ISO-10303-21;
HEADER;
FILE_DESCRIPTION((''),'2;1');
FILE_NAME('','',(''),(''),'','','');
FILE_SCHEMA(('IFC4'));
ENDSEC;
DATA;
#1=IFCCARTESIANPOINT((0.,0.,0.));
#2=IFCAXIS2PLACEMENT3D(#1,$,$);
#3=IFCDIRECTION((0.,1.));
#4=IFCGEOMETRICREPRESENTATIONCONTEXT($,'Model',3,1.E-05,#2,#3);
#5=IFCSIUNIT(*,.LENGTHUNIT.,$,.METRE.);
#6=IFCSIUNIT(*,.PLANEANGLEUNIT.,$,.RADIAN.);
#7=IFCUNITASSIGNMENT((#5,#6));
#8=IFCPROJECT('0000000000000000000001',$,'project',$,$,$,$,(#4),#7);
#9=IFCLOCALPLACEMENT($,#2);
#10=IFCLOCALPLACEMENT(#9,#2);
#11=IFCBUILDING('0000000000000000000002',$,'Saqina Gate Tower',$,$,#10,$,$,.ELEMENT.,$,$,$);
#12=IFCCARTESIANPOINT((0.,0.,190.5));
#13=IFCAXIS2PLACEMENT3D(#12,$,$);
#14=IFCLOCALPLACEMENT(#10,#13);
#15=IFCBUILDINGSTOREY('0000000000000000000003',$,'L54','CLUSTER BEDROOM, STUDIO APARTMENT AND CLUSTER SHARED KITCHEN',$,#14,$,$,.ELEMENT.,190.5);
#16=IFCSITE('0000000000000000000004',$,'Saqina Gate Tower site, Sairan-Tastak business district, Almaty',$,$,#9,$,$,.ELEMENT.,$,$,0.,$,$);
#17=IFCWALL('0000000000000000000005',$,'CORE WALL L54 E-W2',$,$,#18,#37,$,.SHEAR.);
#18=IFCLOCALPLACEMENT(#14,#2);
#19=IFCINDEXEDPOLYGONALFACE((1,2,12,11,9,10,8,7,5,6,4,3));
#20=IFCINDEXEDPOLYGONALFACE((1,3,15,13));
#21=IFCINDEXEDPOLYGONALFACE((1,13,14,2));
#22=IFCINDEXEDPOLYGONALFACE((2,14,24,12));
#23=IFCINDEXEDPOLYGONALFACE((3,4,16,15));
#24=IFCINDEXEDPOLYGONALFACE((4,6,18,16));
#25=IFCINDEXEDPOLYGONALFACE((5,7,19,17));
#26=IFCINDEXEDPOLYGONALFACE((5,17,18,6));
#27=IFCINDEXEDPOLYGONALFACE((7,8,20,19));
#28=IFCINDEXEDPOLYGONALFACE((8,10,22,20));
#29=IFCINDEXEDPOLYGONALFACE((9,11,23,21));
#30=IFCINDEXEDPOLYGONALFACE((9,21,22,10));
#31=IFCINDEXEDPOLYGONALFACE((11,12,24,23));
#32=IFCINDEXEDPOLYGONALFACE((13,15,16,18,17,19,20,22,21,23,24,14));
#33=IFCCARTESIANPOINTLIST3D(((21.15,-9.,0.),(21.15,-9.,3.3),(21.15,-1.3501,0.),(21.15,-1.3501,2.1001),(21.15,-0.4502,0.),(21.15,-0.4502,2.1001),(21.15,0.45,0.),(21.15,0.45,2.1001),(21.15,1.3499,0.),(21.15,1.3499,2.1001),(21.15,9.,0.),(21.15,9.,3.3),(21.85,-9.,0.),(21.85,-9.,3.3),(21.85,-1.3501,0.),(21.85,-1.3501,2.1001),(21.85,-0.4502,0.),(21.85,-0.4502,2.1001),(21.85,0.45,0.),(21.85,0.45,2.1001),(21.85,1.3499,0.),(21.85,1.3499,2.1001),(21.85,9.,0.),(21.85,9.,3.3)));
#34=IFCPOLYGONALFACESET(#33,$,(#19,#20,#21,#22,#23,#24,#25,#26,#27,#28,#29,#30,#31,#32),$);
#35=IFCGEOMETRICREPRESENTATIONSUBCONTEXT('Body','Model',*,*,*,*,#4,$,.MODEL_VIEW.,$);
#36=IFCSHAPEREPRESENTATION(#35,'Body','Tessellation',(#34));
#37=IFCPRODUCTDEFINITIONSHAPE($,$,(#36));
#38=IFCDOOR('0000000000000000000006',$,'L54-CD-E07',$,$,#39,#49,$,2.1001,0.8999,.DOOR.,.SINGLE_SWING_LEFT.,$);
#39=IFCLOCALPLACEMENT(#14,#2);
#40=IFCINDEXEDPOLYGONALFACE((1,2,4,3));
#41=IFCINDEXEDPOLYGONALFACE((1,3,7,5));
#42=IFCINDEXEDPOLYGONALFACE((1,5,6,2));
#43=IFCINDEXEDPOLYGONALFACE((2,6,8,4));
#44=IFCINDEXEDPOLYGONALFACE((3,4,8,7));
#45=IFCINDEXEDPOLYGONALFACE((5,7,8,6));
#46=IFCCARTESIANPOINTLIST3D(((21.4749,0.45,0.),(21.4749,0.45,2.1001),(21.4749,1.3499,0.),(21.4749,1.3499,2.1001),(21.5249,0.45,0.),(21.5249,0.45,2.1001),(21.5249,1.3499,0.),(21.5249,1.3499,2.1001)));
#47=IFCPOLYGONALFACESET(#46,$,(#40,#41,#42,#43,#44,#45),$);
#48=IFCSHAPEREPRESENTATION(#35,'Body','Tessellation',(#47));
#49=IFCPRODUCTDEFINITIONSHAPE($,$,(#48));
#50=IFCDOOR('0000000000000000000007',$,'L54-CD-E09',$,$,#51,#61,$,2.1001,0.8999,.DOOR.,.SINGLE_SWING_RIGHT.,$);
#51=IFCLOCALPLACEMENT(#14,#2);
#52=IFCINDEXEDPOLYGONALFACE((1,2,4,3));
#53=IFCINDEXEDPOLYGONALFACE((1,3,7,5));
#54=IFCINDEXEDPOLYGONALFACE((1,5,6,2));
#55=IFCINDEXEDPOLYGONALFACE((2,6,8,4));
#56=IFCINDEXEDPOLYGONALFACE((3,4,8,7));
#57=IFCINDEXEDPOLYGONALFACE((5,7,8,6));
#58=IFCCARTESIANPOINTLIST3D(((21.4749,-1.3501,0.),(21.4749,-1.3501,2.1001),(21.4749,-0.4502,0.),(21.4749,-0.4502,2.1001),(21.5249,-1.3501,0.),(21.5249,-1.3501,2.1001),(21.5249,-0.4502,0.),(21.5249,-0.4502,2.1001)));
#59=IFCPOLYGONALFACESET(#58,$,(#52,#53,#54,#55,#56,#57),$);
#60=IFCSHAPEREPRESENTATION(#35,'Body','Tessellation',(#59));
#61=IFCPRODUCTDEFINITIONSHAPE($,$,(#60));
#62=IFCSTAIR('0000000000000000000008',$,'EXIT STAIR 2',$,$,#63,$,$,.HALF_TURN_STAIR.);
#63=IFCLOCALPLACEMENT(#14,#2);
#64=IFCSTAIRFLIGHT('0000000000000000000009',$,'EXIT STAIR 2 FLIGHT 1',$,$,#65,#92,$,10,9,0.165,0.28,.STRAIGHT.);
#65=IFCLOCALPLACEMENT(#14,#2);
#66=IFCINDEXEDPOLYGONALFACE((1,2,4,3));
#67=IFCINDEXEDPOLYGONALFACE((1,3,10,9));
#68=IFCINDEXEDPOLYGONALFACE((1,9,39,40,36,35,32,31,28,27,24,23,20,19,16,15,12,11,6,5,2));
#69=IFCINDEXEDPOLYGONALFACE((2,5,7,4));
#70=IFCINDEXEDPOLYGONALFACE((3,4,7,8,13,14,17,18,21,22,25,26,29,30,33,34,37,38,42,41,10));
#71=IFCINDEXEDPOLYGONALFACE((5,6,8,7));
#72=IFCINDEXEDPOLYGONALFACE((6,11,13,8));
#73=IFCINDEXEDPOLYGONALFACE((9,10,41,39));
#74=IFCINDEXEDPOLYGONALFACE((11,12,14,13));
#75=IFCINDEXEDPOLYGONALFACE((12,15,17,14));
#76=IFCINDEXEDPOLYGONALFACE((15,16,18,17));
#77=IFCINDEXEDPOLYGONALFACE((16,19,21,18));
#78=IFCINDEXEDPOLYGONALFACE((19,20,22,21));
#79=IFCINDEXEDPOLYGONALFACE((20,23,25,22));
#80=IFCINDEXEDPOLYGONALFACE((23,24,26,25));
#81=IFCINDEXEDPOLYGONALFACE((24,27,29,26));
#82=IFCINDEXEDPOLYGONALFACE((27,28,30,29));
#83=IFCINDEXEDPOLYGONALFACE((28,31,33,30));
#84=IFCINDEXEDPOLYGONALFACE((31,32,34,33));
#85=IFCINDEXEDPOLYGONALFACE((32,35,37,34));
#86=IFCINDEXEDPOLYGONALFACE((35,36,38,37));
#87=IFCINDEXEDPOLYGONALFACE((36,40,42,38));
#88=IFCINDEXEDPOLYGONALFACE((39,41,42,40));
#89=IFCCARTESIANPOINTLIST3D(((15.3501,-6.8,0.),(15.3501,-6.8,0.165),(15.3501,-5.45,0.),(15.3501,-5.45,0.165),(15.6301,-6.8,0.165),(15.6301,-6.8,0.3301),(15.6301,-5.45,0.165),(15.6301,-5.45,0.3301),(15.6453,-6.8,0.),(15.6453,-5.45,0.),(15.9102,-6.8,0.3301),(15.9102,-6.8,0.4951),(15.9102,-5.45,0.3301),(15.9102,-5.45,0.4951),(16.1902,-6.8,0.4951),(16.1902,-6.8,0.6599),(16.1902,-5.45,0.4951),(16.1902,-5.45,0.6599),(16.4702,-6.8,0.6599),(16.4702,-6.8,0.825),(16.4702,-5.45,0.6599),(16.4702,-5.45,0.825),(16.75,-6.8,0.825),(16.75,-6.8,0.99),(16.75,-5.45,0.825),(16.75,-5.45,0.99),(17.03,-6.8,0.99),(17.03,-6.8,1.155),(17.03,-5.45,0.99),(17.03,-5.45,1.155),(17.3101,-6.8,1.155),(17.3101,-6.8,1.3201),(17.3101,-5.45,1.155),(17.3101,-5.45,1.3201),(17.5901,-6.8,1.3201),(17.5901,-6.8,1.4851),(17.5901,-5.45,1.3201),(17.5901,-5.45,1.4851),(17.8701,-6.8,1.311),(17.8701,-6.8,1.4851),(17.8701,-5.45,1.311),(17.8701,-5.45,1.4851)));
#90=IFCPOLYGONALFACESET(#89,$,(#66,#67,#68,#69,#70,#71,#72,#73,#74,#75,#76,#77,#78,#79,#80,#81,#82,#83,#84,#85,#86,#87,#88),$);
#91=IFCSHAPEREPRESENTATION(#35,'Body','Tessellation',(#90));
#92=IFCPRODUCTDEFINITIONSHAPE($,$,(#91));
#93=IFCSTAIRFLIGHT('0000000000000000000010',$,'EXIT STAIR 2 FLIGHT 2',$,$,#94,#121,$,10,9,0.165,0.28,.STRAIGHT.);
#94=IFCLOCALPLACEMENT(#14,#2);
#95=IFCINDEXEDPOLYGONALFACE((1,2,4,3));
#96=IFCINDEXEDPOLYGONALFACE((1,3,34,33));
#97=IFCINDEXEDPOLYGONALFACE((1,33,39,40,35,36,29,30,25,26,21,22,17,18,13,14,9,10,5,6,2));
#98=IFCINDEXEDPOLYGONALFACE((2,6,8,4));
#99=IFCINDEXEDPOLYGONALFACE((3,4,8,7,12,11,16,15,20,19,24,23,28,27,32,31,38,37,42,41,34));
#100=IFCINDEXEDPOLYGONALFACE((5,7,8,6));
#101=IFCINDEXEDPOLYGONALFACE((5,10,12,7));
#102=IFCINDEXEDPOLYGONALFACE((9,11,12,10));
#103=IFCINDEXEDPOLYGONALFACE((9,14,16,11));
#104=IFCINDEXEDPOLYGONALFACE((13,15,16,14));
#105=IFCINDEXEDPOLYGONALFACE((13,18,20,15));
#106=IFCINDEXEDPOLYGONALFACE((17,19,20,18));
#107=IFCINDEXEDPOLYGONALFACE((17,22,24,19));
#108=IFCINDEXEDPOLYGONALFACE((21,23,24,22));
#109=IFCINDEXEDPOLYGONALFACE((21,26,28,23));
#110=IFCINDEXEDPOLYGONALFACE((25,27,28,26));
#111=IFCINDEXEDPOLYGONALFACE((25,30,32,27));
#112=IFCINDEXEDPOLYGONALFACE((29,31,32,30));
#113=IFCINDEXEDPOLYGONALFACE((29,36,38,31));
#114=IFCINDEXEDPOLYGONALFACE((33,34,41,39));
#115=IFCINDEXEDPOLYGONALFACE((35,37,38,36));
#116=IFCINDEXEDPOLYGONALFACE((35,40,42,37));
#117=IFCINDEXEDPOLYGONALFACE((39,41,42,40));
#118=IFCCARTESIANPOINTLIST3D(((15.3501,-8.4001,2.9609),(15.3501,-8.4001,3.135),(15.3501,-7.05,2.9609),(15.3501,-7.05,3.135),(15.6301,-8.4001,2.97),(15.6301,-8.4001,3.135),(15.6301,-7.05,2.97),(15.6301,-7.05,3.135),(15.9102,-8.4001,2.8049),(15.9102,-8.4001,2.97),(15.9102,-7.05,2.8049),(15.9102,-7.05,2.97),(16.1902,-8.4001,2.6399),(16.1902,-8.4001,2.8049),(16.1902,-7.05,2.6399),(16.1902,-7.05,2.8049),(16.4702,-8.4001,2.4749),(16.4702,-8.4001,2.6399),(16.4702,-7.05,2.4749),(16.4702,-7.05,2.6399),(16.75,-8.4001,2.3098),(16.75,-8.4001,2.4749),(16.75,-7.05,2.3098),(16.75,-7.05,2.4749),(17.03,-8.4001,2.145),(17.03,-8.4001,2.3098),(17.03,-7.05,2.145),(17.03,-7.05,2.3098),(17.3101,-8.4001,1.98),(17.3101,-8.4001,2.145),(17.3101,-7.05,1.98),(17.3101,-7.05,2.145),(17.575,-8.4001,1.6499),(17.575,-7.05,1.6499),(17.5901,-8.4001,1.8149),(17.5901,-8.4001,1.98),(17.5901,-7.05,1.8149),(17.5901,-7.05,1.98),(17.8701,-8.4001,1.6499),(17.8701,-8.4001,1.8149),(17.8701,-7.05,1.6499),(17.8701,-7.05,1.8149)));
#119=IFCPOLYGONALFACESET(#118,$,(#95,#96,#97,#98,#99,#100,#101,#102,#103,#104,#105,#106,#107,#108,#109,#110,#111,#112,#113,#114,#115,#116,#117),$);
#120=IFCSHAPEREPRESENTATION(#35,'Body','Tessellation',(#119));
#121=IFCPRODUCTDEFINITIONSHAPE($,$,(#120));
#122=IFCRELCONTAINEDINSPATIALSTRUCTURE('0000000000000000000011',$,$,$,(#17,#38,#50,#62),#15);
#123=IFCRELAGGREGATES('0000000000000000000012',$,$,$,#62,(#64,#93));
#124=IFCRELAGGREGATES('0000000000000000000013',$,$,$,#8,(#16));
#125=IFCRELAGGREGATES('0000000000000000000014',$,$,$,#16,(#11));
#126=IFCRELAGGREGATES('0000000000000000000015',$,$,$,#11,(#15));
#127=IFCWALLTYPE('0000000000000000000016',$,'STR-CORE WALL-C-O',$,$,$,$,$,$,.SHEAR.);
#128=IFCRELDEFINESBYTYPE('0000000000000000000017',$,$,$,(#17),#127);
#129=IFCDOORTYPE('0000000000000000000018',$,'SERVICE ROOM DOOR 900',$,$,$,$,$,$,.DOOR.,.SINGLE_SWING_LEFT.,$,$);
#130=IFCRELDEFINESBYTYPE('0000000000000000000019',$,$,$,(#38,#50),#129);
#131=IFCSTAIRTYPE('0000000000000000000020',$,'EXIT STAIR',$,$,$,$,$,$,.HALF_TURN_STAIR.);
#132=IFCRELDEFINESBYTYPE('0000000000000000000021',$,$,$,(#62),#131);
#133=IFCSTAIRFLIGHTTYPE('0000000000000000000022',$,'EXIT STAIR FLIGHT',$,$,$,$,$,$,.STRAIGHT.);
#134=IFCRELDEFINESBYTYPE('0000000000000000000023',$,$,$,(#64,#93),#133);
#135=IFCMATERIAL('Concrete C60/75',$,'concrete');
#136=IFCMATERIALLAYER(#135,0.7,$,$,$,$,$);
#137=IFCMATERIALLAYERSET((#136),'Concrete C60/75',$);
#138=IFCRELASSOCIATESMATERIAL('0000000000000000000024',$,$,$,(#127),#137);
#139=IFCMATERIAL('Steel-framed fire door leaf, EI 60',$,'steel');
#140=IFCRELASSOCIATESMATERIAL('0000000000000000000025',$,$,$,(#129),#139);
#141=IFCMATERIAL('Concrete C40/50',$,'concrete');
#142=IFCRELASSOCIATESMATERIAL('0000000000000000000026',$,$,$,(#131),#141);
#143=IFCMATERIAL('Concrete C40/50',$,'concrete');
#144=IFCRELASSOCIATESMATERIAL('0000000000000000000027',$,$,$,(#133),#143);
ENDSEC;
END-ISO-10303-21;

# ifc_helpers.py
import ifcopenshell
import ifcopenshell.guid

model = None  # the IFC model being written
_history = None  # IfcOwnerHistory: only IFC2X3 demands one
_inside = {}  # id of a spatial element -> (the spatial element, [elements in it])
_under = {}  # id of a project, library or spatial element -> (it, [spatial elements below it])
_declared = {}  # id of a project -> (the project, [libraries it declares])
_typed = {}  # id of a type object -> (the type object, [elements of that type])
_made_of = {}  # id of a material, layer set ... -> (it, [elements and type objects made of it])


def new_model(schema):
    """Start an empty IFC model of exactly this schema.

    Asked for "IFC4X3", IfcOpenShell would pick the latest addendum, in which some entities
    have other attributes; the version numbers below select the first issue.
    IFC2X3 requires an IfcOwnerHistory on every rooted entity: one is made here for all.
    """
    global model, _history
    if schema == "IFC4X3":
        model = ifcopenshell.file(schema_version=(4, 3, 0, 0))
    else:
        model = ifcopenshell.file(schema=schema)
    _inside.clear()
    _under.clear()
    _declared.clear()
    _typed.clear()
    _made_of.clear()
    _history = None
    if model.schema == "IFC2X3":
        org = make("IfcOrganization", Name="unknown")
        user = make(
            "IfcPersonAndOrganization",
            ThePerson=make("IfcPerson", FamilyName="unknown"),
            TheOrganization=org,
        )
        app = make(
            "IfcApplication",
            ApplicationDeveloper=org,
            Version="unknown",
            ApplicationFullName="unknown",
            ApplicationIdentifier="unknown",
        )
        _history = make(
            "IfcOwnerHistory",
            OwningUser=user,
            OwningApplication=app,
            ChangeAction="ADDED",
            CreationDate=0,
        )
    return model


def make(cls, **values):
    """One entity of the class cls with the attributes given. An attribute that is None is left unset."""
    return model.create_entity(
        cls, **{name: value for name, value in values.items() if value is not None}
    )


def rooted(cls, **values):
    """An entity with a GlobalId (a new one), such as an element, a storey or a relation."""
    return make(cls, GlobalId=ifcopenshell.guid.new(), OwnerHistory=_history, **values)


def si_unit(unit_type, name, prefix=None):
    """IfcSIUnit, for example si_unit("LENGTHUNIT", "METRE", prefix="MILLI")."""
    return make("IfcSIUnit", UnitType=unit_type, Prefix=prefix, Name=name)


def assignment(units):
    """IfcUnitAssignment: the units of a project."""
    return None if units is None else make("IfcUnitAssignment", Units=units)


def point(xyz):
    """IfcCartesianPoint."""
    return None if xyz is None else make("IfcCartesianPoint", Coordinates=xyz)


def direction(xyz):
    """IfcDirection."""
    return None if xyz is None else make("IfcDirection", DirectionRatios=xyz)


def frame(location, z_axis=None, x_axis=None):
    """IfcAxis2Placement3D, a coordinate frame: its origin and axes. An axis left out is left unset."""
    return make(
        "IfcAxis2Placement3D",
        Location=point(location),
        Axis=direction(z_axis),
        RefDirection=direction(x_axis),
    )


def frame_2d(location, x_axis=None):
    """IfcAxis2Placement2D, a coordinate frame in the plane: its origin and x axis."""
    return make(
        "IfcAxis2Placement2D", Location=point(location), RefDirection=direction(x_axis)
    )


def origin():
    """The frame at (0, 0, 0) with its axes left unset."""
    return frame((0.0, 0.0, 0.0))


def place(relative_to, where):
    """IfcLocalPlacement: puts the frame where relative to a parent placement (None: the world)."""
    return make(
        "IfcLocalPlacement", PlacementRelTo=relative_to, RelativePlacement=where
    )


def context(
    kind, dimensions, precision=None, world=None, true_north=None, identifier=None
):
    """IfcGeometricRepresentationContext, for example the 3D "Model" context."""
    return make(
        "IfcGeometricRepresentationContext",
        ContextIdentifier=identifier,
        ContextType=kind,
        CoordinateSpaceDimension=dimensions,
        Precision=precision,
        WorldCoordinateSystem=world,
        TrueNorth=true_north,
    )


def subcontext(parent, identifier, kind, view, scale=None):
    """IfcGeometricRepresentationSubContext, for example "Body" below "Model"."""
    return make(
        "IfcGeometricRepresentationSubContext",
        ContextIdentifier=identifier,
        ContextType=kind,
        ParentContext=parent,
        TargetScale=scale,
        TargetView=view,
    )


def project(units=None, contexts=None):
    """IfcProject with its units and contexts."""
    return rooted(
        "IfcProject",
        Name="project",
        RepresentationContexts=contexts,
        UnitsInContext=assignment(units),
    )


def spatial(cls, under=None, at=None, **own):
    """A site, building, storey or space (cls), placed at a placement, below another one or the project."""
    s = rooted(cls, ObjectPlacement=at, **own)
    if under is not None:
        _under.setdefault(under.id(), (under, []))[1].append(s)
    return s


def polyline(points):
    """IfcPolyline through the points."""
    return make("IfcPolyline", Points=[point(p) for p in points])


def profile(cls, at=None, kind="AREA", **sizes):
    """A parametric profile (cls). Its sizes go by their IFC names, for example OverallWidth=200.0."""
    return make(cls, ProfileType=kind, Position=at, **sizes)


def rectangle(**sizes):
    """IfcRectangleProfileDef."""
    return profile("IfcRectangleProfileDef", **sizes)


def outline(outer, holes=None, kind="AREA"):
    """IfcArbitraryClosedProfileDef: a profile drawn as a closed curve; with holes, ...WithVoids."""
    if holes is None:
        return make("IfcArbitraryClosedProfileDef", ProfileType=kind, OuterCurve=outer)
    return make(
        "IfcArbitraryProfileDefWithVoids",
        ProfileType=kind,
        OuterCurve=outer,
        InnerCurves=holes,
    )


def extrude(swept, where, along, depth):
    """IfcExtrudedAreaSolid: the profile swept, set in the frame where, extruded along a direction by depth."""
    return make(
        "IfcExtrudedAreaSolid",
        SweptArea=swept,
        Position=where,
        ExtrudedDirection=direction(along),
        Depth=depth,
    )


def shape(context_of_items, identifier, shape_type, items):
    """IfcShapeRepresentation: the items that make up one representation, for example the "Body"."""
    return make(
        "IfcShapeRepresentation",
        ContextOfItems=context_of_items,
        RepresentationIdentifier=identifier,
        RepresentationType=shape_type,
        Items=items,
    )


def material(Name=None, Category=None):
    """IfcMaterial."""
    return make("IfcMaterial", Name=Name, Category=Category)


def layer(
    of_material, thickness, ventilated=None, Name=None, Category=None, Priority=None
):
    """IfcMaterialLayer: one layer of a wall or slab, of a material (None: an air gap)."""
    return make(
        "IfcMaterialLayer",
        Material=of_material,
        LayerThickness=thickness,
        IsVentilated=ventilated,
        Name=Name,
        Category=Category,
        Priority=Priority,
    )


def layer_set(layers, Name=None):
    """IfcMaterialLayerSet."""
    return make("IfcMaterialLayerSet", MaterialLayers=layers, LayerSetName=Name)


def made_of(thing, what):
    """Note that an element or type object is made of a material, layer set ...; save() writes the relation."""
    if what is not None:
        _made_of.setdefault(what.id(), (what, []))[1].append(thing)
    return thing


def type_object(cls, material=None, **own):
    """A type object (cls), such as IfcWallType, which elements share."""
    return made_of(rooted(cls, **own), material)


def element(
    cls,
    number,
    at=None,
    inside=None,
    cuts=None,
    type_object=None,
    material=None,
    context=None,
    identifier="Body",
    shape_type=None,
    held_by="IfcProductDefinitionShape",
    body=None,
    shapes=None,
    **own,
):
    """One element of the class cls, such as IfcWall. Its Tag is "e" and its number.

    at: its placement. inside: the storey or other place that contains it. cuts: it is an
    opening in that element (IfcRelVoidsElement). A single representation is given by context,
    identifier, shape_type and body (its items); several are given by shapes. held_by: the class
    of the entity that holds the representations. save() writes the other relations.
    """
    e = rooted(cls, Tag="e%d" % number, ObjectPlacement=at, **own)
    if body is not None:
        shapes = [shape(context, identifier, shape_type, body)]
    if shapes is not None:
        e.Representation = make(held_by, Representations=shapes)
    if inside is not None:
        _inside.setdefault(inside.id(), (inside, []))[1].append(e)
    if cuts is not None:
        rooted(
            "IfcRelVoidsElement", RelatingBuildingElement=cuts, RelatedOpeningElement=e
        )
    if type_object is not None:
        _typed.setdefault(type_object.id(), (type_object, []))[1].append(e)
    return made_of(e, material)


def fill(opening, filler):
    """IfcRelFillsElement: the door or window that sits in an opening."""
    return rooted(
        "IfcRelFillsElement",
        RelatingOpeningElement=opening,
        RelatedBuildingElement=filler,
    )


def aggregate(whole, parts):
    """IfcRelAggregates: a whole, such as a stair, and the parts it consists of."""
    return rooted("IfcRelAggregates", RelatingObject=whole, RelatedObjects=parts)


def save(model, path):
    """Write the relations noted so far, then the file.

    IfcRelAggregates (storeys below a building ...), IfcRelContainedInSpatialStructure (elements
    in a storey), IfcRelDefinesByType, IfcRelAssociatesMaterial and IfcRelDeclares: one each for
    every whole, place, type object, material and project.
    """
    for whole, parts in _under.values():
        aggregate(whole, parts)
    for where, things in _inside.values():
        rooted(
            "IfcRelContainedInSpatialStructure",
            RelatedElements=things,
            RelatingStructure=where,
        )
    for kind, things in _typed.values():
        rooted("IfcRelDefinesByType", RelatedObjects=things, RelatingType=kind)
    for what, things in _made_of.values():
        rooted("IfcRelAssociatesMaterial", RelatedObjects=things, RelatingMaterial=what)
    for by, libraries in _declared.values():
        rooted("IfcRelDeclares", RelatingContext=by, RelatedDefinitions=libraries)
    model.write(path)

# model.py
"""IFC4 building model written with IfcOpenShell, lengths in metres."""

from ifc_helpers import new_model, si_unit, direction, frame, frame_2d, origin, place, context, subcontext, project, spatial, polyline, rectangle, outline, extrude, material, layer, layer_set, type_object, element, fill, aggregate, save


model = new_model("IFC4")

# Units and contexts
model_context = context("Model", 3, precision=1e-05, world=origin(), true_north=direction((0.0, 1.0)))
body_context = subcontext(model_context, "Body", "Model", "MODEL_VIEW")
ifc_project = project(units=[si_unit("LENGTHUNIT", "METRE"), si_unit("PLANEANGLEUNIT", "RADIAN")], contexts=[model_context])

# Site, building, storey
site_placement = place(None, origin())
site = spatial("IfcSite", under=ifc_project, at=site_placement, Name="Saqina Gate Tower site, Sairan-Tastak business district, Almaty", CompositionType="ELEMENT", RefElevation=0.0)
building_placement = place(site_placement, origin())
building = spatial("IfcBuilding", under=site, at=building_placement, Name="Saqina Gate Tower", CompositionType="ELEMENT")
storey_placement = place(building_placement, frame((0.0, 0.0, 190.5)))
storey = spatial("IfcBuildingStorey", under=building, at=storey_placement, Name="L54", Description="CLUSTER BEDROOM, STUDIO APARTMENT AND CLUSTER SHARED KITCHEN", CompositionType="ELEMENT", Elevation=190.5)

# Wall, openings, doors
ifc_material_1 = material(Name="Concrete C60/75", Category="concrete")
ifc_layer_1 = layer(ifc_material_1, 0.7)
ifc_layer_set_1 = layer_set([ifc_layer_1], Name="Concrete C60/75")
wall_type_1 = type_object("IfcWallType", Name="STR-CORE WALL-C-O", PredefinedType="SHEAR", material=ifc_layer_set_1)
wall_1_placement = place(storey_placement, frame((21.5, -9.0, 0.0), z_axis=(0.0, 0.0, 1.0), x_axis=(0.0, 1.0, 0.0)))
wall_1 = element("IfcWall", 1, at=wall_1_placement, inside=storey, type_object=wall_type_1, Name="CORE WALL L54 E-W2", PredefinedType="SHEAR", context=body_context, shape_type="SweptSolid", body=[
    extrude(rectangle(XDim=18.0, YDim=0.7, at=frame_2d((9.0, 0.0))), origin(), (0.0, 0.0, 1.0), 3.3),
])
opening_1_placement = place(wall_1_placement, frame((9.45, 0.0, 0.0)))
opening_1 = element("IfcOpeningElement", 2, at=opening_1_placement, cuts=wall_1, PredefinedType="OPENING", context=body_context, shape_type="SweptSolid", body=[
    extrude(rectangle(XDim=0.8999, YDim=2.1001, at=frame_2d((0.45, 1.05))), frame((0.0, 0.3621, 0.0), z_axis=(0.0, -1.0, 0.0), x_axis=(1.0, 0.0, 0.0)), (0.0, 0.0, 1.0), 0.7239),
])
opening_2_placement = place(wall_1_placement, frame((7.6499, 0.0, 0.0)))
opening_2 = element("IfcOpeningElement", 3, at=opening_2_placement, cuts=wall_1, PredefinedType="OPENING", context=body_context, shape_type="SweptSolid", body=[
    extrude(rectangle(XDim=0.8999, YDim=2.1001, at=frame_2d((0.45, 1.05))), frame((0.0, 0.3621, 0.0), z_axis=(0.0, -1.0, 0.0), x_axis=(1.0, 0.0, 0.0)), (0.0, 0.0, 1.0), 0.7239),
])
ifc_material_2 = material(Name="Steel-framed fire door leaf, EI 60", Category="steel")
door_type_1 = type_object("IfcDoorType", Name="SERVICE ROOM DOOR 900", OperationType="SINGLE_SWING_LEFT", PredefinedType="DOOR", material=ifc_material_2)
door_1_placement = place(opening_1_placement, frame((0.8999, 0.0, 0.0), z_axis=(0.0, 0.0, 1.0), x_axis=(-1.0, 0.0, 0.0)))
door_1 = element("IfcDoor", 4, at=door_1_placement, inside=storey, type_object=door_type_1, Name="L54-CD-E07", OperationType="SINGLE_SWING_LEFT", OverallHeight=2.1001, OverallWidth=0.8999, PredefinedType="DOOR", context=body_context, shape_type="SweptSolid", body=[
    extrude(rectangle(XDim=0.8999, YDim=2.1001, at=frame_2d((0.45, 1.05))), frame((0.0, 0.0249, 0.0), z_axis=(0.0, -1.0, 0.0), x_axis=(1.0, 0.0, 0.0)), (0.0, 0.0, 1.0), 0.05),
])
fill(opening_1, door_1)
door_2_placement = place(opening_2_placement, frame((0.8999, 0.0, 0.0), z_axis=(0.0, 0.0, 1.0), x_axis=(-1.0, 0.0, 0.0)))
door_2 = element("IfcDoor", 5, at=door_2_placement, inside=storey, type_object=door_type_1, Name="L54-CD-E09", OperationType="SINGLE_SWING_RIGHT", OverallHeight=2.1001, OverallWidth=0.8999, PredefinedType="DOOR", context=body_context, shape_type="SweptSolid", body=[
    extrude(rectangle(XDim=0.8999, YDim=2.1001, at=frame_2d((0.45, 1.05))), frame((0.0, 0.0249, 0.0), z_axis=(0.0, -1.0, 0.0), x_axis=(1.0, 0.0, 0.0)), (0.0, 0.0, 1.0), 0.05),
])
fill(opening_2, door_2)

# Stair, stair flights
ifc_material_3 = material(Name="Concrete C40/50", Category="concrete")
stair_type = type_object("IfcStairType", Name="EXIT STAIR", PredefinedType="HALF_TURN_STAIR", material=ifc_material_3)
stair_placement = place(storey_placement, origin())
stair = element("IfcStair", 6, at=stair_placement, inside=storey, type_object=stair_type, Name="EXIT STAIR 2", PredefinedType="HALF_TURN_STAIR")
ifc_material_4 = material(Name="Concrete C40/50", Category="concrete")
stair_flight_type = type_object("IfcStairFlightType", Name="EXIT STAIR FLIGHT", PredefinedType="STRAIGHT", material=ifc_material_4)
stair_flight_1_placement = place(storey_placement, frame((15.3501, -6.125, 0.0), z_axis=(0.0, 0.0, 1.0), x_axis=(1.0, 0.0, 0.0)))
stair_flight_1 = element("IfcStairFlight", 7, at=stair_flight_1_placement, type_object=stair_flight_type, Name="EXIT STAIR 2 FLIGHT 1", NumberOfRisers=10, NumberOfTreads=9, PredefinedType="STRAIGHT", RiserHeight=0.165, TreadLength=0.28, context=body_context, shape_type="SweptSolid", body=[
    extrude(outline(polyline([(0.0, 0.0), (0.0, 0.165), (0.28, 0.165), (0.28, 0.3301), (0.5601, 0.3301), (0.5601, 0.4951), (0.8401, 0.4951), (0.8401, 0.6599), (1.1201, 0.6599), (1.1201, 0.825), (1.3999, 0.825), (1.3999, 0.99), (1.6799, 0.99), (1.6799, 1.155), (1.96, 1.155), (1.96, 1.3201), (2.24, 1.3201), (2.24, 1.4851), (2.52, 1.4851), (2.52, 1.6499), (2.52, 1.311), (0.2952, 0.0), (0.0, 0.0)])), frame((0.0, 0.675, 0.0), z_axis=(0.0, -1.0, 0.0), x_axis=(1.0, 0.0, 0.0)), (0.0, 0.0, 1.0), 1.3501),
])
stair_flight_2_placement = place(storey_placement, frame((17.8701, -7.7251, 1.6499), z_axis=(0.0, 0.0, 1.0), x_axis=(-1.0, 0.0, 0.0)))
stair_flight_2 = element("IfcStairFlight", 8, at=stair_flight_2_placement, type_object=stair_flight_type, Name="EXIT STAIR 2 FLIGHT 2", NumberOfRisers=10, NumberOfTreads=9, PredefinedType="STRAIGHT", RiserHeight=0.165, TreadLength=0.28, context=body_context, shape_type="SweptSolid", body=[
    extrude(outline(polyline([(0.0, 0.0), (0.0, 0.165), (0.28, 0.165), (0.28, 0.3301), (0.5601, 0.3301), (0.5601, 0.4951), (0.8401, 0.4951), (0.8401, 0.6599), (1.1201, 0.6599), (1.1201, 0.825), (1.3999, 0.825), (1.3999, 0.99), (1.6799, 0.99), (1.6799, 1.155), (1.96, 1.155), (1.96, 1.3201), (2.24, 1.3201), (2.24, 1.4851), (2.52, 1.4851), (2.52, 1.6499), (2.52, 1.311), (0.2952, 0.0), (0.0, 0.0)])), frame((0.0, 0.675, 0.0), z_axis=(0.0, -1.0, 0.0), x_axis=(1.0, 0.0, 0.0)), (0.0, 0.0, 1.0), 1.3501),
])
aggregate(stair, [stair_flight_1, stair_flight_2])

save(model, "model.ifc")
